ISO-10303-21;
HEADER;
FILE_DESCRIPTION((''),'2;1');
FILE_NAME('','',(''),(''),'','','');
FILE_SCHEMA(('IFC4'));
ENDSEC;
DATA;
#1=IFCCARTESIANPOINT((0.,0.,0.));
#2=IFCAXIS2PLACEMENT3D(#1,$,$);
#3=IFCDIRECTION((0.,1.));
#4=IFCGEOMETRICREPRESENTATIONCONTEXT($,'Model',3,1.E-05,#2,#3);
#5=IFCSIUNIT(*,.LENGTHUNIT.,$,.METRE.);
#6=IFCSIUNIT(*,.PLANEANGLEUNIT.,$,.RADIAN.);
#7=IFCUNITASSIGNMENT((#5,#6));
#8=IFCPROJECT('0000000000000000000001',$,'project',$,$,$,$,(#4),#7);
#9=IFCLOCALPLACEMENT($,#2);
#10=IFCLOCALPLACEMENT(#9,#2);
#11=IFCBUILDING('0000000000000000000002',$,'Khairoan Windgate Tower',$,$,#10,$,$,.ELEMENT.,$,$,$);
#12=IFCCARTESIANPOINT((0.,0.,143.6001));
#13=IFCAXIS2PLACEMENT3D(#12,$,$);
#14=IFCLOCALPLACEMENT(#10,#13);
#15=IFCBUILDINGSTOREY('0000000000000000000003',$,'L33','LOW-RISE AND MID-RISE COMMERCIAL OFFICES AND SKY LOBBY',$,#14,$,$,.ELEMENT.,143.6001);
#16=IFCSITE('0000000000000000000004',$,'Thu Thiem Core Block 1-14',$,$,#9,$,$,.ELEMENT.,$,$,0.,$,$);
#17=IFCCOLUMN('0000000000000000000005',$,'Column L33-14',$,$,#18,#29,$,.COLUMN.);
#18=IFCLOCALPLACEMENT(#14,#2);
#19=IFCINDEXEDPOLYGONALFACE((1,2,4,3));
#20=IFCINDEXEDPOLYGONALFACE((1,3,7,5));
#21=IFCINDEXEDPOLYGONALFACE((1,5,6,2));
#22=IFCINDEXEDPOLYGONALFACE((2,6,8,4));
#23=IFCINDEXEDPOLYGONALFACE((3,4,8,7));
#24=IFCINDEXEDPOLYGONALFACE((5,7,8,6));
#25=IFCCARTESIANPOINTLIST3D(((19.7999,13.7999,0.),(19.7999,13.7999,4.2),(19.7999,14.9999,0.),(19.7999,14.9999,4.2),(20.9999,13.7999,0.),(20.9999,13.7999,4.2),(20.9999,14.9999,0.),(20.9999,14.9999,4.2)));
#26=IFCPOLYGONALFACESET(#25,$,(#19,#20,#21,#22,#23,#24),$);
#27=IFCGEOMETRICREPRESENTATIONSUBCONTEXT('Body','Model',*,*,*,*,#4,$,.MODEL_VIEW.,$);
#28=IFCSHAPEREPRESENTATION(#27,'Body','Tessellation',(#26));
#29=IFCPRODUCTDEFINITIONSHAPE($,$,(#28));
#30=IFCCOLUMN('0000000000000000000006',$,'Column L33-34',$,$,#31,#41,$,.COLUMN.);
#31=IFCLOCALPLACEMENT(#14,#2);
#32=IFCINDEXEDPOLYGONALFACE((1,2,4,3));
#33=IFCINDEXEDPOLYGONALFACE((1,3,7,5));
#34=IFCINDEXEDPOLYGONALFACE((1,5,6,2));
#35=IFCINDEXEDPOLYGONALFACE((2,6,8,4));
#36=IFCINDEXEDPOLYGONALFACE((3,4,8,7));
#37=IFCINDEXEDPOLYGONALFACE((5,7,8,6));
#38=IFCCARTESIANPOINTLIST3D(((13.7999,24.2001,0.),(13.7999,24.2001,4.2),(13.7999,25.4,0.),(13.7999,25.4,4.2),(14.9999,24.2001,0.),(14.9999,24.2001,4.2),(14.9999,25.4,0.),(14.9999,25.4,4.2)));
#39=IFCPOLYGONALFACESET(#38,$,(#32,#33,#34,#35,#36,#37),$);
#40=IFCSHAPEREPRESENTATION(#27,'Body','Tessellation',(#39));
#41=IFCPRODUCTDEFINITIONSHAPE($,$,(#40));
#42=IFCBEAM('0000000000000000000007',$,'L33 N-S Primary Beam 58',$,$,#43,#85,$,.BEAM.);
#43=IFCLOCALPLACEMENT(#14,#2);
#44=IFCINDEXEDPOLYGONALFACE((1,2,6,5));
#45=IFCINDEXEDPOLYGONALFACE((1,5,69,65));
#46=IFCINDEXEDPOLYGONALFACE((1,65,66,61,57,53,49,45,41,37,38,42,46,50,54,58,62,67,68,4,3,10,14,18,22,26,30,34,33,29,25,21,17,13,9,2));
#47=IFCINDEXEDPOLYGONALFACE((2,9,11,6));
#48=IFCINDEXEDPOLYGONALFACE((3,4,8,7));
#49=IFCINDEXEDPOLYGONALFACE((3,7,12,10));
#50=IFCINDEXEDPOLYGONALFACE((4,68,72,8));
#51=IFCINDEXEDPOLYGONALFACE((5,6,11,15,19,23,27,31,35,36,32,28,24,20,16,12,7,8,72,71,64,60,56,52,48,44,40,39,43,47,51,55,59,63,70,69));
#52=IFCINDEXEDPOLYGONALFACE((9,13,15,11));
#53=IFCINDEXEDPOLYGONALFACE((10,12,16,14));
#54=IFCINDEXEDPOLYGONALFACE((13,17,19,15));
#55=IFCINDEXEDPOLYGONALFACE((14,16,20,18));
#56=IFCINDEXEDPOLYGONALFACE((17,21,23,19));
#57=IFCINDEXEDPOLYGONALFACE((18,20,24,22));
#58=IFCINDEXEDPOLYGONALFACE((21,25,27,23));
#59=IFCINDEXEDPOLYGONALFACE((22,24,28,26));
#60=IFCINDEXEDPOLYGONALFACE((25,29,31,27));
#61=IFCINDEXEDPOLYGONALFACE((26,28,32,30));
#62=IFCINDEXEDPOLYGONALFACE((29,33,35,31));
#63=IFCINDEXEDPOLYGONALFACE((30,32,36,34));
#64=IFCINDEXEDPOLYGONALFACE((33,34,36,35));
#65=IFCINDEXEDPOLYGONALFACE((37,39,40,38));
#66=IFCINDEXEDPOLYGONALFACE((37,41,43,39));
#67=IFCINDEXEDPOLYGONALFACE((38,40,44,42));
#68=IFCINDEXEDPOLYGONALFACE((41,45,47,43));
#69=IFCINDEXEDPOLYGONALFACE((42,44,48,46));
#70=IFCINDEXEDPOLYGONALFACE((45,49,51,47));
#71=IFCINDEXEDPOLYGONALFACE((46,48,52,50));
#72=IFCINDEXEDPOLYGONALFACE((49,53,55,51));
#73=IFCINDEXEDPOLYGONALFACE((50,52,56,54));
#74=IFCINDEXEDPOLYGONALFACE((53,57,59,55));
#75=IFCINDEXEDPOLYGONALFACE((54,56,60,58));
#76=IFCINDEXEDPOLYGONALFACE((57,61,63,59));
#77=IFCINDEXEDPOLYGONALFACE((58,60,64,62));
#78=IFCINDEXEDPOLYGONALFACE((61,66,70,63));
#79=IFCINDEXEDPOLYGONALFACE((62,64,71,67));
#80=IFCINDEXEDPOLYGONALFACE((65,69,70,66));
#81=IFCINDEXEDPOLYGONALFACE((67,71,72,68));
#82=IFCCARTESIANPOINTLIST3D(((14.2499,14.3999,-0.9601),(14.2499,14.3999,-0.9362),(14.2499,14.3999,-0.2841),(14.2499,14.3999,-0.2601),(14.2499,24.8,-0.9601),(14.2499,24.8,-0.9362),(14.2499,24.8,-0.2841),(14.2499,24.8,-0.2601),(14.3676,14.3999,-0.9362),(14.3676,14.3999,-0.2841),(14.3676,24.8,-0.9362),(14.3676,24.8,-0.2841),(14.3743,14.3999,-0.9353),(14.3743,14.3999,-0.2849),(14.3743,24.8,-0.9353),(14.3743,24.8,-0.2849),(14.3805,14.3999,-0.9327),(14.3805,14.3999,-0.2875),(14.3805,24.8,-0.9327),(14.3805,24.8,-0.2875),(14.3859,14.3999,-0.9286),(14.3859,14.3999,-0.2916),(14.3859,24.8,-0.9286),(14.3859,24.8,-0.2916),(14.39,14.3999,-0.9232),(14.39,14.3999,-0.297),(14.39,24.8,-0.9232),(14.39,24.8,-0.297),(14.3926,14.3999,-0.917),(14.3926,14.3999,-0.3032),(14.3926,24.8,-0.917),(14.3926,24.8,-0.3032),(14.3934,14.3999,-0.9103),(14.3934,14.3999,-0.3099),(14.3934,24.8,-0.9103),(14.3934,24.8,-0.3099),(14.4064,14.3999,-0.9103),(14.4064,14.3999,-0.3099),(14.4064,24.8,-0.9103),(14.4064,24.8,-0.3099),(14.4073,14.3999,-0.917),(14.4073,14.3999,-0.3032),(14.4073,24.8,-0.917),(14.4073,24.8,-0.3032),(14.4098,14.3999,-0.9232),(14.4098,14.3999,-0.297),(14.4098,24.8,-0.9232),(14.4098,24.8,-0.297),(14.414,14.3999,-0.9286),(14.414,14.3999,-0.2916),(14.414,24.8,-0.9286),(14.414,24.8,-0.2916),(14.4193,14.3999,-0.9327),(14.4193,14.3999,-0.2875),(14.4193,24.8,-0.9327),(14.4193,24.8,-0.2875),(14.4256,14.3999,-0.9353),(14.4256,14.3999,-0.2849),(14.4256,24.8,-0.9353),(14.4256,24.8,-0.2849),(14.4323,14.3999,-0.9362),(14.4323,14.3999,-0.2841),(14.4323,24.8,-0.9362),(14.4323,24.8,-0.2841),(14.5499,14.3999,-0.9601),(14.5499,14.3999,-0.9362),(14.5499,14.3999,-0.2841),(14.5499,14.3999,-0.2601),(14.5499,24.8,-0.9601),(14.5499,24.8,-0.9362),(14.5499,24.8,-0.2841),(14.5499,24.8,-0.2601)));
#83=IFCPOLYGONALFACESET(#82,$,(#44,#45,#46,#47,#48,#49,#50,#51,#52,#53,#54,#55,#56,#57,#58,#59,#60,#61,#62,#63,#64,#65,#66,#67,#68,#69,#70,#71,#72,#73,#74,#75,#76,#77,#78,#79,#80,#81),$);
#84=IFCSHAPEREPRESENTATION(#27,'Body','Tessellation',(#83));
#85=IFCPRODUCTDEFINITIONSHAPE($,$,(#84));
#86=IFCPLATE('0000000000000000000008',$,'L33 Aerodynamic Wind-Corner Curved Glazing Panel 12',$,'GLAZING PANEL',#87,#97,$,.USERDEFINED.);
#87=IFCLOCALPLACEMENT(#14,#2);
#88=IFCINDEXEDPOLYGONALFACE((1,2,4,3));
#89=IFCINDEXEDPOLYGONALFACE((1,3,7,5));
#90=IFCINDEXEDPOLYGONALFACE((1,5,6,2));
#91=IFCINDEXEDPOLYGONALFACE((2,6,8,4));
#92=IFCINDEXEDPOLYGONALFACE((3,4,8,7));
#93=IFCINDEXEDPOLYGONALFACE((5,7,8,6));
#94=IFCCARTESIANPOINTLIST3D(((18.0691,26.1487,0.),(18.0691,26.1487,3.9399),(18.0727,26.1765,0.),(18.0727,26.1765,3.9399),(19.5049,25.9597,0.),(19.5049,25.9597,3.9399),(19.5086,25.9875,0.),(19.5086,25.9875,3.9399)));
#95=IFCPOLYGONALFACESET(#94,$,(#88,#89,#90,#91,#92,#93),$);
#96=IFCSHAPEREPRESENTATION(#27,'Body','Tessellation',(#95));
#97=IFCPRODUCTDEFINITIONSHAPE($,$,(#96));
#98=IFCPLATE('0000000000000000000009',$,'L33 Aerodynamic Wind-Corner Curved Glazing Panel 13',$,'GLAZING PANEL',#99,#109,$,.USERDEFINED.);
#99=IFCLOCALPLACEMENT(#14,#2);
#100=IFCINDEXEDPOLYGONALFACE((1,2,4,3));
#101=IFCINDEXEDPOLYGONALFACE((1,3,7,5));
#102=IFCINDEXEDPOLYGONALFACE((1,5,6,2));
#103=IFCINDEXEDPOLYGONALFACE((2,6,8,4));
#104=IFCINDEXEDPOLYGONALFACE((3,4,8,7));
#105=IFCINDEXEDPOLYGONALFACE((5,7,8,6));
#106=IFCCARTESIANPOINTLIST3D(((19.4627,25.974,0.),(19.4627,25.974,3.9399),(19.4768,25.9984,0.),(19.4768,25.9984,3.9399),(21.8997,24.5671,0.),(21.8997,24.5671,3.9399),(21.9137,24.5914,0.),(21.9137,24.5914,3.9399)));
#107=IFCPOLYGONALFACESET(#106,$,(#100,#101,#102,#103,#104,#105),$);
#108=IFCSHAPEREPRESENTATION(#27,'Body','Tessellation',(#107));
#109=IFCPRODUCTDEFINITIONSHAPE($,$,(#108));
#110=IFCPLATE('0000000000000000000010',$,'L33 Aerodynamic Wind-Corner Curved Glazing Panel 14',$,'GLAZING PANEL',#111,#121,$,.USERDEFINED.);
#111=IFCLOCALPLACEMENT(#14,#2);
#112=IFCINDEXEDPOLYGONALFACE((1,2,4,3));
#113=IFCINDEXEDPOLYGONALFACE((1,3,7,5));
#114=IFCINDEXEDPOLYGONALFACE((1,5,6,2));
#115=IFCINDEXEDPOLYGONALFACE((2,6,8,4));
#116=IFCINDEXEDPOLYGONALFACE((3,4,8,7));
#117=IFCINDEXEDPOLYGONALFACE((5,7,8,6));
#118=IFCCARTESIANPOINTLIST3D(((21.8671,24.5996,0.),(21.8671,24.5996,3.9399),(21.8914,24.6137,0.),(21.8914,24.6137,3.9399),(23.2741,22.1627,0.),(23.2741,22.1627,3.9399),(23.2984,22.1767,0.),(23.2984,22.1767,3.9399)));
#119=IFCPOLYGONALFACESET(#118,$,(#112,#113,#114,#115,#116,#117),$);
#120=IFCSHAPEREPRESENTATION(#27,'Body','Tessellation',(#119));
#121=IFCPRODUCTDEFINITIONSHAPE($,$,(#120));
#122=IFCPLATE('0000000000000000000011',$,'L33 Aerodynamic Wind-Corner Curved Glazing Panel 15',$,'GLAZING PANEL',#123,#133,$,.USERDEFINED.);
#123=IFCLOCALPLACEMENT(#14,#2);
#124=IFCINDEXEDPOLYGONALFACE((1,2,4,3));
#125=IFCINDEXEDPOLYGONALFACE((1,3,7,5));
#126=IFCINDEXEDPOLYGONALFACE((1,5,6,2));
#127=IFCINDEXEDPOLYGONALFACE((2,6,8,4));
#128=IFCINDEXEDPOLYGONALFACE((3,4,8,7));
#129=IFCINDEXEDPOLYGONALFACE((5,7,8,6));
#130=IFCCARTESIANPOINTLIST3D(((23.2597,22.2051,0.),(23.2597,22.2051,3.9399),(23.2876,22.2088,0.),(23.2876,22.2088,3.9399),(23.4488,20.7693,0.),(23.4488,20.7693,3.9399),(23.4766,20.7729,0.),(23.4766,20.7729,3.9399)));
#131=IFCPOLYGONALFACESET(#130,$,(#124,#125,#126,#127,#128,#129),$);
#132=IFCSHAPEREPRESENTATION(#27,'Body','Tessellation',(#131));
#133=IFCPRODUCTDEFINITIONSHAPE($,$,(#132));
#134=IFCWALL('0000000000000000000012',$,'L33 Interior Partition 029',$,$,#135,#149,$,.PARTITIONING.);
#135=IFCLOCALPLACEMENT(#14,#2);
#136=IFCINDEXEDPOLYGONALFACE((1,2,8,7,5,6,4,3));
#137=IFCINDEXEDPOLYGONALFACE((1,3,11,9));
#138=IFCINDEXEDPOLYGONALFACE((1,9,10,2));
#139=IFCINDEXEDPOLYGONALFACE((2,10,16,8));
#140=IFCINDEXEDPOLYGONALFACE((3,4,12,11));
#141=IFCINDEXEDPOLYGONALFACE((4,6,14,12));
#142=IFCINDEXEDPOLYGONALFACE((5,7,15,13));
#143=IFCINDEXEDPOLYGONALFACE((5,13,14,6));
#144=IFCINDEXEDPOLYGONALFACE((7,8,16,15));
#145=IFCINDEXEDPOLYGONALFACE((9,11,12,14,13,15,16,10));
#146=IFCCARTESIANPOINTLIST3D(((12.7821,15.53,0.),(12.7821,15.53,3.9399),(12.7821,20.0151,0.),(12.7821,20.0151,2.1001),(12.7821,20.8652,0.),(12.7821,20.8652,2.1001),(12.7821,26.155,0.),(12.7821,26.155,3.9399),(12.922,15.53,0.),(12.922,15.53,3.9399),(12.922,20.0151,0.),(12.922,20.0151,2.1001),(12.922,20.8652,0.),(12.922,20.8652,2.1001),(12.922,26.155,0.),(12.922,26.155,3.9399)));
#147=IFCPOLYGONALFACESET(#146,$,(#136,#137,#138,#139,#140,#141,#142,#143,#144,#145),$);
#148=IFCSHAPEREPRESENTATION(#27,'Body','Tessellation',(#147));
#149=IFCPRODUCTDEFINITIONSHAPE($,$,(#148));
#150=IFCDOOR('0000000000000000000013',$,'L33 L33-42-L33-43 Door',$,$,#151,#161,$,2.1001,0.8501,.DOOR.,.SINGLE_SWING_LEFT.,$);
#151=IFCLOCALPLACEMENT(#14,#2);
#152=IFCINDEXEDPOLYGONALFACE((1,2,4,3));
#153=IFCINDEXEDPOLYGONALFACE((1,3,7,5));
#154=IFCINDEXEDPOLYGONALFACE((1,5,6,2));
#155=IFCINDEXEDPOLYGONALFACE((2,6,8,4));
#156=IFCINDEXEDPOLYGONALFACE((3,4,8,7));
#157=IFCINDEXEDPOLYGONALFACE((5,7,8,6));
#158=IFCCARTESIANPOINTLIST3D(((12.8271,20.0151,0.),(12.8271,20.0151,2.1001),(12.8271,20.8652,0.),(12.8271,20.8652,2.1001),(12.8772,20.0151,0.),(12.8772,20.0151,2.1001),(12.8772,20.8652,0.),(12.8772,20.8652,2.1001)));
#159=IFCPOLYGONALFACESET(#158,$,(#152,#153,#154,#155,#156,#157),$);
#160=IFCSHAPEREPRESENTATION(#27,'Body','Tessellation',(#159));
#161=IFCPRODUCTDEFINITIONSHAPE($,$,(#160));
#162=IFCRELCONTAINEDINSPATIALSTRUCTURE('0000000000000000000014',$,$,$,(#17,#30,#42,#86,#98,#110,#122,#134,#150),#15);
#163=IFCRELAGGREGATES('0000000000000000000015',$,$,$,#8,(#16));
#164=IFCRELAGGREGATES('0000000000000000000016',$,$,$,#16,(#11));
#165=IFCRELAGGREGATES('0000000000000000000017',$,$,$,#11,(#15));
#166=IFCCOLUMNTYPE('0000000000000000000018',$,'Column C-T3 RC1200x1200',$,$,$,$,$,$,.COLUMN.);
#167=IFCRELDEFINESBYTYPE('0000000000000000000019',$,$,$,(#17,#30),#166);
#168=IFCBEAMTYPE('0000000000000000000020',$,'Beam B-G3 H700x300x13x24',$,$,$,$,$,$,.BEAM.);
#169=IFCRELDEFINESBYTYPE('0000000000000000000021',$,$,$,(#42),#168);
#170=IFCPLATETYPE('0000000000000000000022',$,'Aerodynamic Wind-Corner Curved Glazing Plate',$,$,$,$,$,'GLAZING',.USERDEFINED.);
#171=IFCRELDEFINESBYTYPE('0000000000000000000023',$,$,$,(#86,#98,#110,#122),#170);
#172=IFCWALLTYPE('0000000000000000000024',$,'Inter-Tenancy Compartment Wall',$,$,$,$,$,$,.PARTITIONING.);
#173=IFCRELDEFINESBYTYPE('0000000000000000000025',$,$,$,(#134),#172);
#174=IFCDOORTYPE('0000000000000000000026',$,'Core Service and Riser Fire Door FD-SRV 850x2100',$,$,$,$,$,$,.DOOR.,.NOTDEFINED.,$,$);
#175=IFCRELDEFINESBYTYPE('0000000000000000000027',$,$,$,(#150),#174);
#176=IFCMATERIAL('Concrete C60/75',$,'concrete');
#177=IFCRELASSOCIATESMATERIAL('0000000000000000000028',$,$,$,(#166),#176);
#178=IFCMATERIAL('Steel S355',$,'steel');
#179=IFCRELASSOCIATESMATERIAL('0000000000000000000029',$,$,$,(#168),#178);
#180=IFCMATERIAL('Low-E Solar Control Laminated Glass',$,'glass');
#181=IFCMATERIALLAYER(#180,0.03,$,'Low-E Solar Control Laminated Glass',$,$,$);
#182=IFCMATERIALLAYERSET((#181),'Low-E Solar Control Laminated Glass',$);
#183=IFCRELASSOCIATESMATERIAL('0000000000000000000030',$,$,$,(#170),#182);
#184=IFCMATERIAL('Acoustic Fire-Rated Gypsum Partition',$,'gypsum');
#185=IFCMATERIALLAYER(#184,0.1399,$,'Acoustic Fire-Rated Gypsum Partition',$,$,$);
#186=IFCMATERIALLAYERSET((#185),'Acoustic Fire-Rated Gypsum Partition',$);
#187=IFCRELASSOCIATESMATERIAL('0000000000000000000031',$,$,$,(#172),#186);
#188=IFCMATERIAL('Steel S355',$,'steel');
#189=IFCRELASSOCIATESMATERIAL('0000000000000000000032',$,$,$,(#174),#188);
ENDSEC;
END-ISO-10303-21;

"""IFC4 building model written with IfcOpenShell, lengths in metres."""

from ifc_helpers import new_model, si_unit, direction, frame, frame_2d, origin, origin_2d, place, context, subcontext, project, spatial, rectangle, i_section, extrude, material, layer, layer_set, material_profile, profile_set, type_object, element, fill, save


model = new_model("IFC4")

# Units and contexts
model_context = context("Model", 3, precision=1e-05, world=origin(), true_north=direction((0.0, 1.0)))
body_context = subcontext(model_context, "Body", "Model", "MODEL_VIEW")
ifc_project = project(units=[si_unit("LENGTHUNIT", "METRE"), si_unit("PLANEANGLEUNIT", "RADIAN")], contexts=[model_context])

# Site, building, storey
site_placement = place(None, origin())
site = spatial("IfcSite", under=ifc_project, at=site_placement, Name="Thu Thiem Core Block 1-14", CompositionType="ELEMENT", RefElevation=0.0)
building_placement = place(site_placement, origin())
building = spatial("IfcBuilding", under=site, at=building_placement, Name="Khairoan Windgate Tower", CompositionType="ELEMENT")
storey_placement = place(building_placement, frame((0.0, 0.0, 143.6001)))
storey = spatial("IfcBuildingStorey", under=building, at=storey_placement, Name="L33", Description="LOW-RISE AND MID-RISE COMMERCIAL OFFICES AND SKY LOBBY", CompositionType="ELEMENT", Elevation=143.6001)

# Columns
ifc_material_1 = material(Name="Concrete C60/75", Category="concrete")
ifc_material_profile_1 = material_profile(ifc_material_1, rectangle(XDim=1.2, YDim=1.2, at=origin_2d()))
ifc_profile_set_1 = profile_set([ifc_material_profile_1], Name="Concrete C60/75")
column_type = type_object("IfcColumnType", Name="Column C-T3 RC1200x1200", PredefinedType="COLUMN", material=ifc_profile_set_1)
for number, where, z_axis, x_axis, name in (
    (1, (20.3999, 14.3999, 0.0), (0.0, 0.0, 1.0), (1.0, 0.0, 0.0), "Column L33-14"),
    (2, (14.3999, 24.8, 0.0), (0.0, 0.0, 1.0), (1.0, 0.0, 0.0), "Column L33-34"),
):
    element("IfcColumn", number, at=place(storey_placement, frame(where, z_axis=z_axis, x_axis=x_axis)), inside=storey, type_object=column_type, Name=name, PredefinedType="COLUMN", context=body_context, shape_type="SweptSolid", body=[
        extrude(rectangle(XDim=1.2, YDim=1.2, at=origin_2d()), origin(), (0.0, 0.0, 1.0), 4.2),
    ])

# Beam
ifc_material_2 = material(Name="Steel S355", Category="steel")
ifc_material_profile_2 = material_profile(ifc_material_2, i_section(OverallWidth=0.3, OverallDepth=0.7, WebThickness=0.0129, FlangeThickness=0.0239, FilletRadius=0.0259, at=origin_2d()))
ifc_profile_set_2 = profile_set([ifc_material_profile_2], Name="Steel S355")
beam_type = type_object("IfcBeamType", Name="Beam B-G3 H700x300x13x24", PredefinedType="BEAM", material=ifc_profile_set_2)
beam_placement = place(storey_placement, frame((14.3999, 14.3999, -0.6101), z_axis=(0.0, 1.0, 0.0), x_axis=(-1.0, 0.0, 0.0)))
element("IfcBeam", 3, at=beam_placement, inside=storey, type_object=beam_type, Name="L33 N-S Primary Beam 58", PredefinedType="BEAM", context=body_context, shape_type="SweptSolid", body=[
    extrude(i_section(OverallWidth=0.3, OverallDepth=0.7, WebThickness=0.0129, FlangeThickness=0.0239, FilletRadius=0.0259, at=origin_2d()), origin(), (0.0, 0.0, 1.0), 10.4001),
])

# Plates
ifc_material_3 = material(Name="Low-E Solar Control Laminated Glass", Category="glass")
ifc_layer_1 = layer(ifc_material_3, 0.03, Name="Low-E Solar Control Laminated Glass")
ifc_layer_set_1 = layer_set([ifc_layer_1], Name="Low-E Solar Control Laminated Glass")
plate_type_1 = type_object("IfcPlateType", Name="Aerodynamic Wind-Corner Curved Glazing Plate", ElementType="GLAZING", PredefinedType="USERDEFINED", material=ifc_layer_set_1)
plate_1_placement = place(storey_placement, frame((18.7888, 26.0681, 0.0), z_axis=(0.0, 0.0, 1.0), x_axis=(0.991445, -0.130526, 0.0)))
element("IfcPlate", 4, at=plate_1_placement, inside=storey, type_object=plate_type_1, Name="L33 Aerodynamic Wind-Corner Curved Glazing Panel 12", ObjectType="GLAZING PANEL", PredefinedType="USERDEFINED", context=body_context, shape_type="SweptSolid", body=[
    extrude(rectangle(XDim=1.4482, YDim=0.0281, at=origin_2d()), origin(), (0.0, 0.0, 1.0), 3.9399),
])
for number, where, z_axis, x_axis, name in (
    (5, (20.6882, 25.2827, 0.0), (0.0, 0.0, 1.0), (0.866025, -0.5, 0.0), "L33 Aerodynamic Wind-Corner Curved Glazing Panel 13"),
    (6, (22.5828, 23.3882, 0.0), (0.0, 0.0, 1.0), (0.5, -0.866025, 0.0), "L33 Aerodynamic Wind-Corner Curved Glazing Panel 14"),
):
    element("IfcPlate", number, at=place(storey_placement, frame(where, z_axis=z_axis, x_axis=x_axis)), inside=storey, type_object=plate_type_1, Name=name, ObjectType="GLAZING PANEL", PredefinedType="USERDEFINED", context=body_context, shape_type="SweptSolid", body=[
        extrude(rectangle(XDim=2.814, YDim=0.0281, at=origin_2d()), origin(), (0.0, 0.0, 1.0), 3.9399),
    ])
plate_2_placement = place(storey_placement, frame((23.3682, 21.489, 0.0), z_axis=(0.0, 0.0, 1.0), x_axis=(0.130526, -0.991445, 0.0)))
element("IfcPlate", 7, at=plate_2_placement, inside=storey, type_object=plate_type_1, Name="L33 Aerodynamic Wind-Corner Curved Glazing Panel 15", ObjectType="GLAZING PANEL", PredefinedType="USERDEFINED", context=body_context, shape_type="SweptSolid", body=[
    extrude(rectangle(XDim=1.4482, YDim=0.0281, at=origin_2d()), origin(), (0.0, 0.0, 1.0), 3.9399),
])

# Wall, opening, door
ifc_material_4 = material(Name="Acoustic Fire-Rated Gypsum Partition", Category="gypsum")
ifc_layer_2 = layer(ifc_material_4, 0.1399, Name="Acoustic Fire-Rated Gypsum Partition")
ifc_layer_set_2 = layer_set([ifc_layer_2], Name="Acoustic Fire-Rated Gypsum Partition")
wall_type = type_object("IfcWallType", Name="Inter-Tenancy Compartment Wall", PredefinedType="PARTITIONING", material=ifc_layer_set_2)
wall_placement = place(storey_placement, frame((12.8521, 15.53, 0.0), z_axis=(0.0, 0.0, 1.0), x_axis=(0.0, 1.0, 0.0)))
wall = element("IfcWall", 8, at=wall_placement, inside=storey, type_object=wall_type, Name="L33 Interior Partition 029", PredefinedType="PARTITIONING", context=body_context, shape_type="SweptSolid", body=[
    extrude(rectangle(XDim=10.625, YDim=0.1399, at=frame_2d((5.3125, 0.0))), origin(), (0.0, 0.0, 1.0), 3.9399),
])
opening_placement = place(wall_placement, frame((4.4851, 0.0, 0.0)))
opening = element("IfcOpeningElement", 9, at=opening_placement, cuts=wall, PredefinedType="OPENING", context=body_context, shape_type="SweptSolid", body=[
    extrude(rectangle(XDim=0.8501, YDim=2.1001, at=frame_2d((0.425, 1.05))), frame((0.0, 0.0798, 0.0), z_axis=(0.0, -1.0, 0.0), x_axis=(1.0, 0.0, 0.0)), (0.0, 0.0, 1.0), 0.1599),
])
ifc_material_5 = material(Name="Steel S355", Category="steel")
door_type = type_object("IfcDoorType", Name="Core Service and Riser Fire Door FD-SRV 850x2100", OperationType="NOTDEFINED", PredefinedType="DOOR", material=ifc_material_5)
door_placement = place(opening_placement, origin())
door = element("IfcDoor", 10, at=door_placement, inside=storey, type_object=door_type, Name="L33 L33-42-L33-43 Door", OperationType="SINGLE_SWING_LEFT", OverallHeight=2.1001, OverallWidth=0.8501, PredefinedType="DOOR", context=body_context, shape_type="SweptSolid", body=[
    extrude(rectangle(XDim=0.8501, YDim=2.1001, at=frame_2d((0.425, 1.05))), frame((0.0, 0.0249, 0.0), z_axis=(0.0, -1.0, 0.0), x_axis=(1.0, 0.0, 0.0)), (0.0, 0.0, 1.0), 0.05),
])
fill(opening, door)

save(model, "model.ifc")
